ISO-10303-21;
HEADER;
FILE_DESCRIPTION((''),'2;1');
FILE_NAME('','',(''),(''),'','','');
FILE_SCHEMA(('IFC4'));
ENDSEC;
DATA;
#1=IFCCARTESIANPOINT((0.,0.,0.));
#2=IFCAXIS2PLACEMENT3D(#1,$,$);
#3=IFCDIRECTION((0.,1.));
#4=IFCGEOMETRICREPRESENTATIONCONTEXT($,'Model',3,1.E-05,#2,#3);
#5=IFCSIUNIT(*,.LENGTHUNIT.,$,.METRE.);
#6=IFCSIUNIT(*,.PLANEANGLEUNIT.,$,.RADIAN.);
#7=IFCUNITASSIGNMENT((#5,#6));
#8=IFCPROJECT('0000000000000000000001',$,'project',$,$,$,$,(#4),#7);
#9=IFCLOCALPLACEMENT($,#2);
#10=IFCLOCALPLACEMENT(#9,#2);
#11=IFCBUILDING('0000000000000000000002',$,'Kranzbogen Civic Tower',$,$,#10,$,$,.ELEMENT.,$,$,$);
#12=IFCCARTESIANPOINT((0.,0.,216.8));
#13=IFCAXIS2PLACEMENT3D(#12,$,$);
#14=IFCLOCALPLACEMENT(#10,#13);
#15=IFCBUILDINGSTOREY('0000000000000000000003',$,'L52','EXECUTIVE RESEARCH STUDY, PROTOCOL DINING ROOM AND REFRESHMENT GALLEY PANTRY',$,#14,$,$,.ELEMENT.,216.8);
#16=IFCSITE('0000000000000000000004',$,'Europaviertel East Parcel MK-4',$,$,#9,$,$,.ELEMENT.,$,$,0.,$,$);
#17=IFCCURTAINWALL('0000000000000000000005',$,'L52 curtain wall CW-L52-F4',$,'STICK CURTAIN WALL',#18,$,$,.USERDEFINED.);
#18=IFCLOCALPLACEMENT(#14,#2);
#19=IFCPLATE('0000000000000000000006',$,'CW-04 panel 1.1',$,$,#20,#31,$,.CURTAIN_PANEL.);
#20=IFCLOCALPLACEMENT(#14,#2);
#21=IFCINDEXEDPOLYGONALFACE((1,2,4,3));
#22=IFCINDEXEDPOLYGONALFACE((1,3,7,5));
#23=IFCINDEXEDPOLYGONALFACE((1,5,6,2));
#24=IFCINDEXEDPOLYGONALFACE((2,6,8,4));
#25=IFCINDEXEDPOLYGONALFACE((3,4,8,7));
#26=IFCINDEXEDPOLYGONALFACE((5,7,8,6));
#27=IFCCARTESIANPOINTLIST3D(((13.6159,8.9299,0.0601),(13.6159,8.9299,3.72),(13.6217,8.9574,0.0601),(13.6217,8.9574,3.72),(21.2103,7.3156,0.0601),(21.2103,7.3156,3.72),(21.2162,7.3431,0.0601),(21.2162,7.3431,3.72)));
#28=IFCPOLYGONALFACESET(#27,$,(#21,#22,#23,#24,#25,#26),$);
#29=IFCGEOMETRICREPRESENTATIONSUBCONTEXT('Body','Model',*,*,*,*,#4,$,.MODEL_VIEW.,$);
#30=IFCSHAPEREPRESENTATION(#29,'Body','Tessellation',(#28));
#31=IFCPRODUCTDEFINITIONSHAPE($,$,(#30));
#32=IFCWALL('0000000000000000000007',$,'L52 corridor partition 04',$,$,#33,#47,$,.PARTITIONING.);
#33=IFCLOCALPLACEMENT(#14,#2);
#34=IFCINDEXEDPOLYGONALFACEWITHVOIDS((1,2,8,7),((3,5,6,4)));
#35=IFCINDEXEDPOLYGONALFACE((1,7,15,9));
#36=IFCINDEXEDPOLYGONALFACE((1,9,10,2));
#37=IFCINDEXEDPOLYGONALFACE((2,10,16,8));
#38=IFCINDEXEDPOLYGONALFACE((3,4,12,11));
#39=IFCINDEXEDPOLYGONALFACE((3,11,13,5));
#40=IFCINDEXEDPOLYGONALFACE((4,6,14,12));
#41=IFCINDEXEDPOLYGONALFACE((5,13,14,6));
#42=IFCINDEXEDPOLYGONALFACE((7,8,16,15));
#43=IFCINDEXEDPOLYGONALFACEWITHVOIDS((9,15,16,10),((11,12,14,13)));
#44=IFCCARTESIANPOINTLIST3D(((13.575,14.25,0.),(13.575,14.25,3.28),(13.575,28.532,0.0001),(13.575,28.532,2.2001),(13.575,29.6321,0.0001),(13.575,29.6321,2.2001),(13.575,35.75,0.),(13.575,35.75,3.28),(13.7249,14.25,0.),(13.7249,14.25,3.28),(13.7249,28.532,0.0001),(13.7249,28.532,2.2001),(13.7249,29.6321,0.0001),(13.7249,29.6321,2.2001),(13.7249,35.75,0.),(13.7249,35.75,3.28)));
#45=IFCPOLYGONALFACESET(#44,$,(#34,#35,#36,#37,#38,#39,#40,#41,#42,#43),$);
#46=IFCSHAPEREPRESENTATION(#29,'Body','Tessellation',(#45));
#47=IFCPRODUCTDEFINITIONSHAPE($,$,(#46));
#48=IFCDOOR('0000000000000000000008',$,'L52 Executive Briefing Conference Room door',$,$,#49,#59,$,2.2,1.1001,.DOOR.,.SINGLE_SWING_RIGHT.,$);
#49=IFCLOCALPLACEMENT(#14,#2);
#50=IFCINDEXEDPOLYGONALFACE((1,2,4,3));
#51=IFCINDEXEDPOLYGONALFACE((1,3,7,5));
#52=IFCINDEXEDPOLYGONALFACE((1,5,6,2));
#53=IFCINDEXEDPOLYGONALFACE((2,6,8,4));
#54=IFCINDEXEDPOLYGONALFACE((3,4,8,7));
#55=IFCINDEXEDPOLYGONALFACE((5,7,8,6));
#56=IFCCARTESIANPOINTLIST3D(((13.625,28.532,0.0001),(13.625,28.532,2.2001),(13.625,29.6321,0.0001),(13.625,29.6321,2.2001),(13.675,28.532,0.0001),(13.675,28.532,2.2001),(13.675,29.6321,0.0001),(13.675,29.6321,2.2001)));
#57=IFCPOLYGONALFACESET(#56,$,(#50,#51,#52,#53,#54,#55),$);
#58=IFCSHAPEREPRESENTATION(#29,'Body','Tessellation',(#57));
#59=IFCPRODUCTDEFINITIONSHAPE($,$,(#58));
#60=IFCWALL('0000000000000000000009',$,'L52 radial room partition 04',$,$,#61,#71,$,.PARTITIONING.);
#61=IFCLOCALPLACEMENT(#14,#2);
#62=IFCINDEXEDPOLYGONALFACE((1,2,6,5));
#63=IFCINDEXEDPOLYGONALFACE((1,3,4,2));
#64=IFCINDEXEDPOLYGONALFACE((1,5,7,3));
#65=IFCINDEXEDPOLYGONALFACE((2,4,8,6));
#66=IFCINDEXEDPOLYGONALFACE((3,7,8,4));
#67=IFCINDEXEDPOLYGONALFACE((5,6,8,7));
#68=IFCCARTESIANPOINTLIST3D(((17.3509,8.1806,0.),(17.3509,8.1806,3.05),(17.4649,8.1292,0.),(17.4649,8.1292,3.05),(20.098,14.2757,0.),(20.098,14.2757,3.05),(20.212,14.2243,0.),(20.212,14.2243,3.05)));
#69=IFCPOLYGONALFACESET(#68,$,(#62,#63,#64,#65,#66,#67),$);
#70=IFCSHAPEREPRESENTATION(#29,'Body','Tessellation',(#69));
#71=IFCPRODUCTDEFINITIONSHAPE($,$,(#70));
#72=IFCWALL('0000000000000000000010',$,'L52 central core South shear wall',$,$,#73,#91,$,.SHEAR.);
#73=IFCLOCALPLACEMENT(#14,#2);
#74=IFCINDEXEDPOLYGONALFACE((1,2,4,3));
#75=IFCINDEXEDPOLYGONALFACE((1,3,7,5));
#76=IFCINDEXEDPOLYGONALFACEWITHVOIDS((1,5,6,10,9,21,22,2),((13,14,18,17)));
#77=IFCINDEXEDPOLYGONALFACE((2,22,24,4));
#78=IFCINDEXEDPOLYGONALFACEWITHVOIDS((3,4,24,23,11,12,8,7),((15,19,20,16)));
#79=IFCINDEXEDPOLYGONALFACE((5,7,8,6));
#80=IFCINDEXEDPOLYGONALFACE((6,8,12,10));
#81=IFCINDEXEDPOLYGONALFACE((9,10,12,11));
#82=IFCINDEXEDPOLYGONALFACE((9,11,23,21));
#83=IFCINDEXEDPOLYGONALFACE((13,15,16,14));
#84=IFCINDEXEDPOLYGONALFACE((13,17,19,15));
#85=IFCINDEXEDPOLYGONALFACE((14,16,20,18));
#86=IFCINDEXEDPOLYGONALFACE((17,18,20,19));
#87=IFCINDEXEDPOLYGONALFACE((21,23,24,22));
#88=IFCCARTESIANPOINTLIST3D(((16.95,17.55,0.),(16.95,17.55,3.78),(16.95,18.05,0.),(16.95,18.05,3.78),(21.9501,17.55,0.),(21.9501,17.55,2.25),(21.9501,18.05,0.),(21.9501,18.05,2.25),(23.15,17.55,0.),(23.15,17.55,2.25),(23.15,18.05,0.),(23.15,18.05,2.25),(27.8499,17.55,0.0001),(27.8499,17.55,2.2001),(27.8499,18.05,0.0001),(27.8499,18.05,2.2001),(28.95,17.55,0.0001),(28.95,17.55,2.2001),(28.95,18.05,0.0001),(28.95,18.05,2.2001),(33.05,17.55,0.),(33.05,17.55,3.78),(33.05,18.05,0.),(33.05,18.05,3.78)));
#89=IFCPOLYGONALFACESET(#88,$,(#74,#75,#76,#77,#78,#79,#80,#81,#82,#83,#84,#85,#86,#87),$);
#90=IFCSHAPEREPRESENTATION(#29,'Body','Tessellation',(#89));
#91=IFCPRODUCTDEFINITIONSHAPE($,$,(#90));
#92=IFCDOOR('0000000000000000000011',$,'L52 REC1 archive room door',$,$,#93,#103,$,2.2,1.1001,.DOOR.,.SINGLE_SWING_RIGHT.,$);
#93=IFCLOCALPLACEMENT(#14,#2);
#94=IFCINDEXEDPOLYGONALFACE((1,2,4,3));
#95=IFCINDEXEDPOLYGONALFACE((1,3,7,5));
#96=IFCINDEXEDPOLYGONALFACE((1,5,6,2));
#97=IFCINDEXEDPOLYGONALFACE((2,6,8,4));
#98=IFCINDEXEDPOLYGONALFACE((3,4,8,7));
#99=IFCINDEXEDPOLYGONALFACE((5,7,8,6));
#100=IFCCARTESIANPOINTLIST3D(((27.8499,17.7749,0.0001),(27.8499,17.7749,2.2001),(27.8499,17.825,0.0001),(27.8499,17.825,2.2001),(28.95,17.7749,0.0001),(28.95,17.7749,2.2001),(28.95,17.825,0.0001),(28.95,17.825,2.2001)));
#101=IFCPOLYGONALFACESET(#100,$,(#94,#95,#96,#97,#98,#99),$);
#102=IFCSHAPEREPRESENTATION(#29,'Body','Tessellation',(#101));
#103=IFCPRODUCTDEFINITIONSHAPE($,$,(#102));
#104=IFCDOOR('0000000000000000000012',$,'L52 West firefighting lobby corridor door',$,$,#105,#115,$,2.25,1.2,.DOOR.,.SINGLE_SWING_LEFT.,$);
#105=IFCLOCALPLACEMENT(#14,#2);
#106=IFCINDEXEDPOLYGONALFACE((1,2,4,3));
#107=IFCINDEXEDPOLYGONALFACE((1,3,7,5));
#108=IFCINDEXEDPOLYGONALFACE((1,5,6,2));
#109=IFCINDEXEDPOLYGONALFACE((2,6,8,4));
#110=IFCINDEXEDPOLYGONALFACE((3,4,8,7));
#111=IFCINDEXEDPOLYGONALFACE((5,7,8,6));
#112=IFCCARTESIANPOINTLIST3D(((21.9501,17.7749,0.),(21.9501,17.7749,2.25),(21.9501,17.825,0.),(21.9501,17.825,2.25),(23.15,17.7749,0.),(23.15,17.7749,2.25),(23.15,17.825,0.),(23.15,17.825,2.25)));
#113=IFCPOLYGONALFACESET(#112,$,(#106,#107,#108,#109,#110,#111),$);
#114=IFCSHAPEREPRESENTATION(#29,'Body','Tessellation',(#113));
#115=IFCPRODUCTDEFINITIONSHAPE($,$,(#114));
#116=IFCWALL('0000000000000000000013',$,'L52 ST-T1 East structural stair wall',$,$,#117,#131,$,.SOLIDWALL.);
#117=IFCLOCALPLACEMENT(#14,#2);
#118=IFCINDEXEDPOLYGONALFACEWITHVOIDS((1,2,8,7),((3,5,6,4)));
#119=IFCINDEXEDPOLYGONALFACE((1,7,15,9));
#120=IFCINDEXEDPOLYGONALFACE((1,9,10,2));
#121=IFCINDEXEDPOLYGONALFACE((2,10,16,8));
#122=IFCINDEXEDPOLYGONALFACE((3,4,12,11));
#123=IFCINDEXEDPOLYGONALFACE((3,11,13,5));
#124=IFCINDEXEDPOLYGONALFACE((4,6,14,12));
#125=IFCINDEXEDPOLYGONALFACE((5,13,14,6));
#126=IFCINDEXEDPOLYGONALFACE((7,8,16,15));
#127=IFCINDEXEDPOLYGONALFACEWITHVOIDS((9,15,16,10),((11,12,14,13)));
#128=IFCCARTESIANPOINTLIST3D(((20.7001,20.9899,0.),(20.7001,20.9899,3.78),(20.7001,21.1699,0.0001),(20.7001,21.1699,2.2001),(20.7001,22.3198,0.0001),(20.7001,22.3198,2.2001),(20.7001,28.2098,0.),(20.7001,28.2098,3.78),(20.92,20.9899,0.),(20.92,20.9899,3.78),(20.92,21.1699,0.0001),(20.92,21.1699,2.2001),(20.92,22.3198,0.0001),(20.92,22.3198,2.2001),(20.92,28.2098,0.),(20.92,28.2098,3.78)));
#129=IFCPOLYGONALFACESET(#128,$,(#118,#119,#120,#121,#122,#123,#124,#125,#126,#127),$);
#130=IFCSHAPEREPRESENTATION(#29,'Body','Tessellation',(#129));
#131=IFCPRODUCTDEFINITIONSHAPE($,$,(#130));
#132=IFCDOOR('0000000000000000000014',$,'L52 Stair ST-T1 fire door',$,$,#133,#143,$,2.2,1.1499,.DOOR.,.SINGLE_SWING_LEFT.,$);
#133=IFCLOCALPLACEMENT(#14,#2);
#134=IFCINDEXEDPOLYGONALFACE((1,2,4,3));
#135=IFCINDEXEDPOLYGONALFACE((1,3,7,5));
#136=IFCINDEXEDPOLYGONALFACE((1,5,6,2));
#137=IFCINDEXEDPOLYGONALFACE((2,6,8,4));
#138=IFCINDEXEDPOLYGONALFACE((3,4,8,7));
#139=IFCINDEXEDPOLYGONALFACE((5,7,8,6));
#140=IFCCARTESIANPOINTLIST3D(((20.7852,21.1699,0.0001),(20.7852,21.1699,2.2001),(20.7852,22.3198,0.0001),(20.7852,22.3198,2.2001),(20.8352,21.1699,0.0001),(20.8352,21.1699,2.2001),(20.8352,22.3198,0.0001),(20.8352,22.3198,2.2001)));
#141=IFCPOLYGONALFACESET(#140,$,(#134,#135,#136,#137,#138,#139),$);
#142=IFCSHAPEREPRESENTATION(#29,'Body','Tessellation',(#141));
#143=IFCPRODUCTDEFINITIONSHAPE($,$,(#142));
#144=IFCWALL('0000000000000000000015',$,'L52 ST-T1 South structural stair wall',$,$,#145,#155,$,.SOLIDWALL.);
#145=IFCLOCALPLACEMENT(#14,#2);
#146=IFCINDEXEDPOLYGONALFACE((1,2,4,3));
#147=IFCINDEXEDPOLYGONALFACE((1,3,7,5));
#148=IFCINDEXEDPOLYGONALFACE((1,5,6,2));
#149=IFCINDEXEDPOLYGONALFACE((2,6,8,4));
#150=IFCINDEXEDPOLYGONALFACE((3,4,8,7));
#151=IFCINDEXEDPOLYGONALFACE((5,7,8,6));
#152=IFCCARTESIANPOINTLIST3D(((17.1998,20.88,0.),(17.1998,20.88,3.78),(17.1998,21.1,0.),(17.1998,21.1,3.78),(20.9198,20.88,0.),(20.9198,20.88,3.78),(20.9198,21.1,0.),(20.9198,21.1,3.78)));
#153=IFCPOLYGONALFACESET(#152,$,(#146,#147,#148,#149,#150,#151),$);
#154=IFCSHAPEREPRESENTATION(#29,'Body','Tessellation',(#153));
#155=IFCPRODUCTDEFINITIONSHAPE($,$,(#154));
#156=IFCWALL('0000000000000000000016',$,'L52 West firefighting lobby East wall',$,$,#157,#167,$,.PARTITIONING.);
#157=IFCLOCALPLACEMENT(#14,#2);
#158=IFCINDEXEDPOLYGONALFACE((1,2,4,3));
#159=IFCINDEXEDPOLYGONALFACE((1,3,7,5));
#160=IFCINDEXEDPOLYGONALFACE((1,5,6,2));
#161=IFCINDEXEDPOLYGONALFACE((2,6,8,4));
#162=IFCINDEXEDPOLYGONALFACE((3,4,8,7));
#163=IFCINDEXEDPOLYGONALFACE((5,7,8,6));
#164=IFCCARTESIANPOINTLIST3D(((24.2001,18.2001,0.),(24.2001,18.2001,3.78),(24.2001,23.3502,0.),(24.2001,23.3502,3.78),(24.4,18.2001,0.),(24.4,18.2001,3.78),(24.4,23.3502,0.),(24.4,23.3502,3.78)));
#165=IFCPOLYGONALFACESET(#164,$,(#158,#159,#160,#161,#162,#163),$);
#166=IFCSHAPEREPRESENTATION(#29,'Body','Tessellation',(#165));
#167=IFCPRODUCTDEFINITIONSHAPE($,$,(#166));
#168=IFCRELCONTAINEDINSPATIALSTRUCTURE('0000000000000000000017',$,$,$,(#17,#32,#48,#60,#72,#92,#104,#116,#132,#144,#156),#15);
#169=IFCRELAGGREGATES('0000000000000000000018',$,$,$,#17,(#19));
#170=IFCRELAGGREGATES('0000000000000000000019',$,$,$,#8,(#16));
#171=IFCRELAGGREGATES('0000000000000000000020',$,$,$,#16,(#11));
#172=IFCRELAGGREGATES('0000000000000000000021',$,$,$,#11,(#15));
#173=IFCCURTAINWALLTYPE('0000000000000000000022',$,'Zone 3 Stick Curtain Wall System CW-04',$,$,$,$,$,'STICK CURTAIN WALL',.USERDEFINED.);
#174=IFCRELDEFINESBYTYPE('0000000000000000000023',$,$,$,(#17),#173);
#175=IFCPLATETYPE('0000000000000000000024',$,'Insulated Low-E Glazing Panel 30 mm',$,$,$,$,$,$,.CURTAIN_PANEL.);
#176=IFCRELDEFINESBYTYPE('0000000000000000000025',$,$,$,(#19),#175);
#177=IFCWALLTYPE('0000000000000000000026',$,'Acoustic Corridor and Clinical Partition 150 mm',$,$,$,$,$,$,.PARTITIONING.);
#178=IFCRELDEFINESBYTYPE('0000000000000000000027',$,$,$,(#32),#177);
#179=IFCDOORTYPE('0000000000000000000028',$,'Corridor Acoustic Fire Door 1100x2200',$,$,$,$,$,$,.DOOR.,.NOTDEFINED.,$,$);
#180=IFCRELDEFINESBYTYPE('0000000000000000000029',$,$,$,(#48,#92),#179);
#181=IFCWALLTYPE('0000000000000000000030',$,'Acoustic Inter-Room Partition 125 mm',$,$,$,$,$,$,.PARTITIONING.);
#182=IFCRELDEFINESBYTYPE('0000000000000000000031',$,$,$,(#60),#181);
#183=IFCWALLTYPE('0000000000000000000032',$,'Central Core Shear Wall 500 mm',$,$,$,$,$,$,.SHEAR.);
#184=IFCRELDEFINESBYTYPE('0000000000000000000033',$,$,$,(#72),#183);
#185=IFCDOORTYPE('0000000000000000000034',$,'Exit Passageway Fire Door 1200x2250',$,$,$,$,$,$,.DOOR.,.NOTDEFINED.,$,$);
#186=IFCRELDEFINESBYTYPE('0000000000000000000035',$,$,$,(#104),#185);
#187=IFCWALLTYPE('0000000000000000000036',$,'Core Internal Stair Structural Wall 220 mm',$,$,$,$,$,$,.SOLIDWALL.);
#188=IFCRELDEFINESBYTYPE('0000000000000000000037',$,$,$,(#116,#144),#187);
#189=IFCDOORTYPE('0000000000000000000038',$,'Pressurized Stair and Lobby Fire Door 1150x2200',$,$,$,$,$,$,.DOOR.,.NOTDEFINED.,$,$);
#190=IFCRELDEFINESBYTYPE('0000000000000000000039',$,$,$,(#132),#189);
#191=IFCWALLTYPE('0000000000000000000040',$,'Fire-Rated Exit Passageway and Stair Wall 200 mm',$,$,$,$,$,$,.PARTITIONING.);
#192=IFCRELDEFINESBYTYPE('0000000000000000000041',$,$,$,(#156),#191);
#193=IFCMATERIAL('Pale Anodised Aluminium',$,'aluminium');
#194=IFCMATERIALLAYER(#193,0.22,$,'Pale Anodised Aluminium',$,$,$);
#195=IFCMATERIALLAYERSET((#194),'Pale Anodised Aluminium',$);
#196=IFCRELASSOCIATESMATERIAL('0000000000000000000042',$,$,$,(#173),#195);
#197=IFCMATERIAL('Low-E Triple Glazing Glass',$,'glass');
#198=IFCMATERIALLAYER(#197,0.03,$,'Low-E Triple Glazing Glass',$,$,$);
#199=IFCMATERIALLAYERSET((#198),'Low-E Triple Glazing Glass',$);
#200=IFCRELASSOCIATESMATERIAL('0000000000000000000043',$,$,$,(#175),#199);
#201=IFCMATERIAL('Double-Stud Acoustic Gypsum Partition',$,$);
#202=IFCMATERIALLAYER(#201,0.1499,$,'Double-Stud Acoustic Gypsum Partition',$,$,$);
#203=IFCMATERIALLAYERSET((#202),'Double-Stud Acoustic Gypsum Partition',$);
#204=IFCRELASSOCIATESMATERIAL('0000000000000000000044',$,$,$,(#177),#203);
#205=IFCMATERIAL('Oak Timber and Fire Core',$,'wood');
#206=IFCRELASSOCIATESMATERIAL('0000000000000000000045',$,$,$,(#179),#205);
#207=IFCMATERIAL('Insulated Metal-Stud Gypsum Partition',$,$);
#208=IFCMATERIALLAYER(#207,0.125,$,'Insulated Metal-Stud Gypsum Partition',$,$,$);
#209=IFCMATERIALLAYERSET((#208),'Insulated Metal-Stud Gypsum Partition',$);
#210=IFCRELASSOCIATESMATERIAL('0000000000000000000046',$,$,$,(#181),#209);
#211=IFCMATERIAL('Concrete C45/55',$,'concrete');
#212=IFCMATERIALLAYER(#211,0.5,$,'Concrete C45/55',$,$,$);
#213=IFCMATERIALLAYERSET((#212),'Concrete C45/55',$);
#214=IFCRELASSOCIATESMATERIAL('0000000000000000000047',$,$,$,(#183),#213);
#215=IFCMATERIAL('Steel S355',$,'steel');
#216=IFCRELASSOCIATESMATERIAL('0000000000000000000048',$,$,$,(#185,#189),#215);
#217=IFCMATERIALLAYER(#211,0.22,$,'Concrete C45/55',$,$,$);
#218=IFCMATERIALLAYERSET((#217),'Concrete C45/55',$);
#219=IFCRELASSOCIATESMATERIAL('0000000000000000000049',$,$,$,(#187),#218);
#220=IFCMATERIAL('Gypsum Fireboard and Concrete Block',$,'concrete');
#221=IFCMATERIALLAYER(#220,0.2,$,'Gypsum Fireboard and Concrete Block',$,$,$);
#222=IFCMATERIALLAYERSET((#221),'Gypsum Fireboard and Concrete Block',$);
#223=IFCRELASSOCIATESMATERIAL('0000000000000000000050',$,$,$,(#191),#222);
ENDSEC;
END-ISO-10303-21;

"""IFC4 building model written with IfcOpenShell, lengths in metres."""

from ifc_helpers import new_model, si_unit, direction, frame, frame_2d, origin, origin_2d, place, context, subcontext, project, spatial, rectangle, extrude, material, layer, layer_set, type_object, element, fill, aggregate, save


model = new_model("IFC4")

# Units and contexts
model_context = context("Model", 3, precision=1e-05, world=origin(), true_north=direction((0.0, 1.0)))
body_context = subcontext(model_context, "Body", "Model", "MODEL_VIEW")
ifc_project = project(units=[si_unit("LENGTHUNIT", "METRE"), si_unit("PLANEANGLEUNIT", "RADIAN")], contexts=[model_context])

# Site, building, storey
site_placement = place(None, origin())
site = spatial("IfcSite", under=ifc_project, at=site_placement, Name="Europaviertel East Parcel MK-4", CompositionType="ELEMENT", RefElevation=0.0)
building_placement = place(site_placement, origin())
building = spatial("IfcBuilding", under=site, at=building_placement, Name="Kranzbogen Civic Tower", CompositionType="ELEMENT")
storey_placement = place(building_placement, frame((0.0, 0.0, 216.8)))
storey = spatial("IfcBuildingStorey", under=building, at=storey_placement, Name="L52", Description="EXECUTIVE RESEARCH STUDY, PROTOCOL DINING ROOM AND REFRESHMENT GALLEY PANTRY", CompositionType="ELEMENT", Elevation=216.8)

# Shared definitions
ifc_material_1 = material(Name="Steel S355", Category="steel")

# Curtain wall
ifc_material_2 = material(Name="Pale Anodised Aluminium", Category="aluminium")
ifc_layer_1 = layer(ifc_material_2, 0.22, Name="Pale Anodised Aluminium")
ifc_layer_set_1 = layer_set([ifc_layer_1], Name="Pale Anodised Aluminium")
curtain_wall_type = type_object("IfcCurtainWallType", Name="Zone 3 Stick Curtain Wall System CW-04", ElementType="STICK CURTAIN WALL", PredefinedType="USERDEFINED", material=ifc_layer_set_1)
curtain_wall_placement = place(storey_placement, origin())
curtain_wall = element("IfcCurtainWall", 1, at=curtain_wall_placement, inside=storey, type_object=curtain_wall_type, Name="L52 curtain wall CW-L52-F4", ObjectType="STICK CURTAIN WALL", PredefinedType="USERDEFINED")

# Plate
ifc_material_3 = material(Name="Low-E Triple Glazing Glass", Category="glass")
ifc_layer_2 = layer(ifc_material_3, 0.03, Name="Low-E Triple Glazing Glass")
ifc_layer_set_2 = layer_set([ifc_layer_2], Name="Low-E Triple Glazing Glass")
plate_type = type_object("IfcPlateType", Name="Insulated Low-E Glazing Panel 30 mm", PredefinedType="CURTAIN_PANEL", material=ifc_layer_set_2)
plate_placement = place(storey_placement, frame((17.416, 8.1365, 0.0601), z_axis=(0.0, 0.0, 1.0), x_axis=(0.978147, -0.207916, 0.0)))
plate = element("IfcPlate", 2, at=plate_placement, type_object=plate_type, Name="CW-04 panel 1.1", PredefinedType="CURTAIN_PANEL", context=body_context, shape_type="SweptSolid", body=[
    extrude(rectangle(XDim=7.7642, YDim=0.0281, at=origin_2d()), origin(), (0.0, 0.0, 1.0), 3.6599),
])
aggregate(curtain_wall, [plate])

# Wall, opening, door
ifc_material_4 = material(Name="Double-Stud Acoustic Gypsum Partition")
ifc_layer_3 = layer(ifc_material_4, 0.1499, Name="Double-Stud Acoustic Gypsum Partition")
ifc_layer_set_3 = layer_set([ifc_layer_3], Name="Double-Stud Acoustic Gypsum Partition")
wall_type_1 = type_object("IfcWallType", Name="Acoustic Corridor and Clinical Partition 150 mm", PredefinedType="PARTITIONING", material=ifc_layer_set_3)
wall_1_placement = place(storey_placement, frame((13.6499, 14.25, 0.0), z_axis=(0.0, 0.0, 1.0), x_axis=(0.0, 1.0, 0.0)))
wall_1 = element("IfcWall", 3, at=wall_1_placement, inside=storey, type_object=wall_type_1, Name="L52 corridor partition 04", PredefinedType="PARTITIONING", context=body_context, shape_type="SweptSolid", body=[
    extrude(rectangle(XDim=21.5, YDim=0.1499, at=frame_2d((10.75, 0.0))), origin(), (0.0, 0.0, 1.0), 3.28),
])
opening_1_placement = place(wall_1_placement, frame((14.282, 0.0, 0.0)))
opening_1 = element("IfcOpeningElement", 4, at=opening_1_placement, cuts=wall_1, PredefinedType="OPENING", context=body_context, shape_type="SweptSolid", body=[
    extrude(rectangle(XDim=1.1001, YDim=2.2, at=frame_2d((0.55, 1.1001))), frame((0.0, 0.085, 0.0), z_axis=(0.0, -1.0, 0.0), x_axis=(1.0, 0.0, 0.0)), (0.0, 0.0, 1.0), 0.1699),
])
ifc_material_5 = material(Name="Oak Timber and Fire Core", Category="wood")
door_type_1 = type_object("IfcDoorType", Name="Corridor Acoustic Fire Door 1100x2200", OperationType="NOTDEFINED", PredefinedType="DOOR", material=ifc_material_5)
door_1_placement = place(opening_1_placement, origin())
door_1 = element("IfcDoor", 5, at=door_1_placement, inside=storey, type_object=door_type_1, Name="L52 Executive Briefing Conference Room door", OperationType="SINGLE_SWING_RIGHT", OverallHeight=2.2, OverallWidth=1.1001, PredefinedType="DOOR", context=body_context, shape_type="SweptSolid", body=[
    extrude(rectangle(XDim=1.1001, YDim=2.2, at=frame_2d((0.55, 1.1001))), frame((0.0, 0.0249, 0.0), z_axis=(0.0, -1.0, 0.0), x_axis=(1.0, 0.0, 0.0)), (0.0, 0.0, 1.0), 0.05),
])
fill(opening_1, door_1)

# Wall
ifc_material_6 = material(Name="Insulated Metal-Stud Gypsum Partition")
ifc_layer_4 = layer(ifc_material_6, 0.125, Name="Insulated Metal-Stud Gypsum Partition")
ifc_layer_set_4 = layer_set([ifc_layer_4], Name="Insulated Metal-Stud Gypsum Partition")
wall_type_2 = type_object("IfcWallType", Name="Acoustic Inter-Room Partition 125 mm", PredefinedType="PARTITIONING", material=ifc_layer_set_4)
wall_2_placement = place(storey_placement, frame((20.155, 14.25, 0.0), z_axis=(0.0, 0.0, 1.0), x_axis=(-0.410904, -0.911679, 0.0)))
element("IfcWall", 6, at=wall_2_placement, inside=storey, type_object=wall_type_2, Name="L52 radial room partition 04", PredefinedType="PARTITIONING", context=body_context, shape_type="SweptSolid", body=[
    extrude(rectangle(XDim=6.6855, YDim=0.125, at=frame_2d((3.3428, 0.0))), origin(), (0.0, 0.0, 1.0), 3.05),
])

# Wall, openings, doors
ifc_material_7 = material(Name="Concrete C45/55", Category="concrete")
ifc_layer_5 = layer(ifc_material_7, 0.5, Name="Concrete C45/55")
ifc_layer_set_5 = layer_set([ifc_layer_5], Name="Concrete C45/55")
wall_type_3 = type_object("IfcWallType", Name="Central Core Shear Wall 500 mm", PredefinedType="SHEAR", material=ifc_layer_set_5)
wall_3_placement = place(storey_placement, frame((16.95, 17.8, 0.0), z_axis=(0.0, 0.0, 1.0), x_axis=(1.0, 0.0, 0.0)))
wall_3 = element("IfcWall", 7, at=wall_3_placement, inside=storey, type_object=wall_type_3, Name="L52 central core South shear wall", PredefinedType="SHEAR", context=body_context, shape_type="SweptSolid", body=[
    extrude(rectangle(XDim=16.1001, YDim=0.5, at=frame_2d((8.05, 0.0))), origin(), (0.0, 0.0, 1.0), 3.78),
])
opening_2_placement = place(wall_3_placement, frame((5.0, 0.0, 0.0)))
opening_2 = element("IfcOpeningElement", 8, at=opening_2_placement, cuts=wall_3, PredefinedType="OPENING", context=body_context, shape_type="SweptSolid", body=[
    extrude(rectangle(XDim=1.2, YDim=2.25, at=frame_2d((0.6001, 1.125))), frame((0.0, 0.26, 0.0), z_axis=(0.0, -1.0, 0.0), x_axis=(1.0, 0.0, 0.0)), (0.0, 0.0, 1.0), 0.52),
])
opening_3_placement = place(wall_3_placement, frame((10.8999, 0.0, 0.0)))
opening_3 = element("IfcOpeningElement", 9, at=opening_3_placement, cuts=wall_3, PredefinedType="OPENING", context=body_context, shape_type="SweptSolid", body=[
    extrude(rectangle(XDim=1.1001, YDim=2.2, at=frame_2d((0.55, 1.1001))), frame((0.0, 0.26, 0.0), z_axis=(0.0, -1.0, 0.0), x_axis=(1.0, 0.0, 0.0)), (0.0, 0.0, 1.0), 0.52),
])
door_2_placement = place(opening_3_placement, origin())
door_2 = element("IfcDoor", 10, at=door_2_placement, inside=storey, type_object=door_type_1, Name="L52 REC1 archive room door", OperationType="SINGLE_SWING_RIGHT", OverallHeight=2.2, OverallWidth=1.1001, PredefinedType="DOOR", context=body_context, shape_type="SweptSolid", body=[
    extrude(rectangle(XDim=1.1001, YDim=2.2, at=frame_2d((0.55, 1.1001))), frame((0.0, 0.0249, 0.0), z_axis=(0.0, -1.0, 0.0), x_axis=(1.0, 0.0, 0.0)), (0.0, 0.0, 1.0), 0.05),
])
fill(opening_3, door_2)
door_type_2 = type_object("IfcDoorType", Name="Exit Passageway Fire Door 1200x2250", OperationType="NOTDEFINED", PredefinedType="DOOR", material=ifc_material_1)
door_3_placement = place(opening_2_placement, origin())
door_3 = element("IfcDoor", 11, at=door_3_placement, inside=storey, type_object=door_type_2, Name="L52 West firefighting lobby corridor door", OperationType="SINGLE_SWING_LEFT", OverallHeight=2.25, OverallWidth=1.2, PredefinedType="DOOR", context=body_context, shape_type="SweptSolid", body=[
    extrude(rectangle(XDim=1.2, YDim=2.25, at=frame_2d((0.6001, 1.125))), frame((0.0, 0.0249, 0.0), z_axis=(0.0, -1.0, 0.0), x_axis=(1.0, 0.0, 0.0)), (0.0, 0.0, 1.0), 0.05),
])
fill(opening_2, door_3)

# Wall, opening, door
ifc_layer_6 = layer(ifc_material_7, 0.22, Name="Concrete C45/55")
ifc_layer_set_6 = layer_set([ifc_layer_6], Name="Concrete C45/55")
wall_type_4 = type_object("IfcWallType", Name="Core Internal Stair Structural Wall 220 mm", PredefinedType="SOLIDWALL", material=ifc_layer_set_6)
wall_4_placement = place(storey_placement, frame((20.8101, 20.99, 0.0), z_axis=(0.0, 0.0, 1.0), x_axis=(0.0, 1.0, 0.0)))
wall_4 = element("IfcWall", 12, at=wall_4_placement, inside=storey, type_object=wall_type_4, Name="L52 ST-T1 East structural stair wall", PredefinedType="SOLIDWALL", context=body_context, shape_type="SweptSolid", body=[
    extrude(rectangle(XDim=7.22, YDim=0.22, at=frame_2d((3.6099, 0.0))), origin(), (0.0, 0.0, 1.0), 3.78),
])
opening_4_placement = place(wall_4_placement, frame((0.1799, 0.0, 0.0)))
opening_4 = element("IfcOpeningElement", 13, at=opening_4_placement, cuts=wall_4, PredefinedType="OPENING", context=body_context, shape_type="SweptSolid", body=[
    extrude(rectangle(XDim=1.1499, YDim=2.2, at=frame_2d((0.575, 1.1001))), frame((0.0, 0.1201, 0.0), z_axis=(0.0, -1.0, 0.0), x_axis=(1.0, 0.0, 0.0)), (0.0, 0.0, 1.0), 0.24),
])
door_type_3 = type_object("IfcDoorType", Name="Pressurized Stair and Lobby Fire Door 1150x2200", OperationType="NOTDEFINED", PredefinedType="DOOR", material=ifc_material_1)
door_4_placement = place(opening_4_placement, origin())
door_4 = element("IfcDoor", 14, at=door_4_placement, inside=storey, type_object=door_type_3, Name="L52 Stair ST-T1 fire door", OperationType="SINGLE_SWING_LEFT", OverallHeight=2.2, OverallWidth=1.1499, PredefinedType="DOOR", context=body_context, shape_type="SweptSolid", body=[
    extrude(rectangle(XDim=1.1499, YDim=2.2, at=frame_2d((0.575, 1.1001))), frame((0.0, 0.0249, 0.0), z_axis=(0.0, -1.0, 0.0), x_axis=(1.0, 0.0, 0.0)), (0.0, 0.0, 1.0), 0.05),
])
fill(opening_4, door_4)

# Walls
wall_5_placement = place(storey_placement, frame((17.2, 20.99, 0.0), z_axis=(0.0, 0.0, 1.0), x_axis=(1.0, 0.0, 0.0)))
element("IfcWall", 15, at=wall_5_placement, inside=storey, type_object=wall_type_4, Name="L52 ST-T1 South structural stair wall", PredefinedType="SOLIDWALL", context=body_context, shape_type="SweptSolid", body=[
    extrude(rectangle(XDim=3.72, YDim=0.22, at=frame_2d((1.8599, 0.0))), origin(), (0.0, 0.0, 1.0), 3.78),
])
ifc_material_8 = material(Name="Gypsum Fireboard and Concrete Block", Category="concrete")
ifc_layer_7 = layer(ifc_material_8, 0.2, Name="Gypsum Fireboard and Concrete Block")
ifc_layer_set_7 = layer_set([ifc_layer_7], Name="Gypsum Fireboard and Concrete Block")
wall_type_5 = type_object("IfcWallType", Name="Fire-Rated Exit Passageway and Stair Wall 200 mm", PredefinedType="PARTITIONING", material=ifc_layer_set_7)
wall_6_placement = place(storey_placement, frame((24.3, 18.2, 0.0), z_axis=(0.0, 0.0, 1.0), x_axis=(0.0, 1.0, 0.0)))
element("IfcWall", 16, at=wall_6_placement, inside=storey, type_object=wall_type_5, Name="L52 West firefighting lobby East wall", PredefinedType="PARTITIONING", context=body_context, shape_type="SweptSolid", body=[
    extrude(rectangle(XDim=5.1501, YDim=0.2, at=frame_2d((2.5752, 0.0))), origin(), (0.0, 0.0, 1.0), 3.78),
])

save(model, "model.ifc")
